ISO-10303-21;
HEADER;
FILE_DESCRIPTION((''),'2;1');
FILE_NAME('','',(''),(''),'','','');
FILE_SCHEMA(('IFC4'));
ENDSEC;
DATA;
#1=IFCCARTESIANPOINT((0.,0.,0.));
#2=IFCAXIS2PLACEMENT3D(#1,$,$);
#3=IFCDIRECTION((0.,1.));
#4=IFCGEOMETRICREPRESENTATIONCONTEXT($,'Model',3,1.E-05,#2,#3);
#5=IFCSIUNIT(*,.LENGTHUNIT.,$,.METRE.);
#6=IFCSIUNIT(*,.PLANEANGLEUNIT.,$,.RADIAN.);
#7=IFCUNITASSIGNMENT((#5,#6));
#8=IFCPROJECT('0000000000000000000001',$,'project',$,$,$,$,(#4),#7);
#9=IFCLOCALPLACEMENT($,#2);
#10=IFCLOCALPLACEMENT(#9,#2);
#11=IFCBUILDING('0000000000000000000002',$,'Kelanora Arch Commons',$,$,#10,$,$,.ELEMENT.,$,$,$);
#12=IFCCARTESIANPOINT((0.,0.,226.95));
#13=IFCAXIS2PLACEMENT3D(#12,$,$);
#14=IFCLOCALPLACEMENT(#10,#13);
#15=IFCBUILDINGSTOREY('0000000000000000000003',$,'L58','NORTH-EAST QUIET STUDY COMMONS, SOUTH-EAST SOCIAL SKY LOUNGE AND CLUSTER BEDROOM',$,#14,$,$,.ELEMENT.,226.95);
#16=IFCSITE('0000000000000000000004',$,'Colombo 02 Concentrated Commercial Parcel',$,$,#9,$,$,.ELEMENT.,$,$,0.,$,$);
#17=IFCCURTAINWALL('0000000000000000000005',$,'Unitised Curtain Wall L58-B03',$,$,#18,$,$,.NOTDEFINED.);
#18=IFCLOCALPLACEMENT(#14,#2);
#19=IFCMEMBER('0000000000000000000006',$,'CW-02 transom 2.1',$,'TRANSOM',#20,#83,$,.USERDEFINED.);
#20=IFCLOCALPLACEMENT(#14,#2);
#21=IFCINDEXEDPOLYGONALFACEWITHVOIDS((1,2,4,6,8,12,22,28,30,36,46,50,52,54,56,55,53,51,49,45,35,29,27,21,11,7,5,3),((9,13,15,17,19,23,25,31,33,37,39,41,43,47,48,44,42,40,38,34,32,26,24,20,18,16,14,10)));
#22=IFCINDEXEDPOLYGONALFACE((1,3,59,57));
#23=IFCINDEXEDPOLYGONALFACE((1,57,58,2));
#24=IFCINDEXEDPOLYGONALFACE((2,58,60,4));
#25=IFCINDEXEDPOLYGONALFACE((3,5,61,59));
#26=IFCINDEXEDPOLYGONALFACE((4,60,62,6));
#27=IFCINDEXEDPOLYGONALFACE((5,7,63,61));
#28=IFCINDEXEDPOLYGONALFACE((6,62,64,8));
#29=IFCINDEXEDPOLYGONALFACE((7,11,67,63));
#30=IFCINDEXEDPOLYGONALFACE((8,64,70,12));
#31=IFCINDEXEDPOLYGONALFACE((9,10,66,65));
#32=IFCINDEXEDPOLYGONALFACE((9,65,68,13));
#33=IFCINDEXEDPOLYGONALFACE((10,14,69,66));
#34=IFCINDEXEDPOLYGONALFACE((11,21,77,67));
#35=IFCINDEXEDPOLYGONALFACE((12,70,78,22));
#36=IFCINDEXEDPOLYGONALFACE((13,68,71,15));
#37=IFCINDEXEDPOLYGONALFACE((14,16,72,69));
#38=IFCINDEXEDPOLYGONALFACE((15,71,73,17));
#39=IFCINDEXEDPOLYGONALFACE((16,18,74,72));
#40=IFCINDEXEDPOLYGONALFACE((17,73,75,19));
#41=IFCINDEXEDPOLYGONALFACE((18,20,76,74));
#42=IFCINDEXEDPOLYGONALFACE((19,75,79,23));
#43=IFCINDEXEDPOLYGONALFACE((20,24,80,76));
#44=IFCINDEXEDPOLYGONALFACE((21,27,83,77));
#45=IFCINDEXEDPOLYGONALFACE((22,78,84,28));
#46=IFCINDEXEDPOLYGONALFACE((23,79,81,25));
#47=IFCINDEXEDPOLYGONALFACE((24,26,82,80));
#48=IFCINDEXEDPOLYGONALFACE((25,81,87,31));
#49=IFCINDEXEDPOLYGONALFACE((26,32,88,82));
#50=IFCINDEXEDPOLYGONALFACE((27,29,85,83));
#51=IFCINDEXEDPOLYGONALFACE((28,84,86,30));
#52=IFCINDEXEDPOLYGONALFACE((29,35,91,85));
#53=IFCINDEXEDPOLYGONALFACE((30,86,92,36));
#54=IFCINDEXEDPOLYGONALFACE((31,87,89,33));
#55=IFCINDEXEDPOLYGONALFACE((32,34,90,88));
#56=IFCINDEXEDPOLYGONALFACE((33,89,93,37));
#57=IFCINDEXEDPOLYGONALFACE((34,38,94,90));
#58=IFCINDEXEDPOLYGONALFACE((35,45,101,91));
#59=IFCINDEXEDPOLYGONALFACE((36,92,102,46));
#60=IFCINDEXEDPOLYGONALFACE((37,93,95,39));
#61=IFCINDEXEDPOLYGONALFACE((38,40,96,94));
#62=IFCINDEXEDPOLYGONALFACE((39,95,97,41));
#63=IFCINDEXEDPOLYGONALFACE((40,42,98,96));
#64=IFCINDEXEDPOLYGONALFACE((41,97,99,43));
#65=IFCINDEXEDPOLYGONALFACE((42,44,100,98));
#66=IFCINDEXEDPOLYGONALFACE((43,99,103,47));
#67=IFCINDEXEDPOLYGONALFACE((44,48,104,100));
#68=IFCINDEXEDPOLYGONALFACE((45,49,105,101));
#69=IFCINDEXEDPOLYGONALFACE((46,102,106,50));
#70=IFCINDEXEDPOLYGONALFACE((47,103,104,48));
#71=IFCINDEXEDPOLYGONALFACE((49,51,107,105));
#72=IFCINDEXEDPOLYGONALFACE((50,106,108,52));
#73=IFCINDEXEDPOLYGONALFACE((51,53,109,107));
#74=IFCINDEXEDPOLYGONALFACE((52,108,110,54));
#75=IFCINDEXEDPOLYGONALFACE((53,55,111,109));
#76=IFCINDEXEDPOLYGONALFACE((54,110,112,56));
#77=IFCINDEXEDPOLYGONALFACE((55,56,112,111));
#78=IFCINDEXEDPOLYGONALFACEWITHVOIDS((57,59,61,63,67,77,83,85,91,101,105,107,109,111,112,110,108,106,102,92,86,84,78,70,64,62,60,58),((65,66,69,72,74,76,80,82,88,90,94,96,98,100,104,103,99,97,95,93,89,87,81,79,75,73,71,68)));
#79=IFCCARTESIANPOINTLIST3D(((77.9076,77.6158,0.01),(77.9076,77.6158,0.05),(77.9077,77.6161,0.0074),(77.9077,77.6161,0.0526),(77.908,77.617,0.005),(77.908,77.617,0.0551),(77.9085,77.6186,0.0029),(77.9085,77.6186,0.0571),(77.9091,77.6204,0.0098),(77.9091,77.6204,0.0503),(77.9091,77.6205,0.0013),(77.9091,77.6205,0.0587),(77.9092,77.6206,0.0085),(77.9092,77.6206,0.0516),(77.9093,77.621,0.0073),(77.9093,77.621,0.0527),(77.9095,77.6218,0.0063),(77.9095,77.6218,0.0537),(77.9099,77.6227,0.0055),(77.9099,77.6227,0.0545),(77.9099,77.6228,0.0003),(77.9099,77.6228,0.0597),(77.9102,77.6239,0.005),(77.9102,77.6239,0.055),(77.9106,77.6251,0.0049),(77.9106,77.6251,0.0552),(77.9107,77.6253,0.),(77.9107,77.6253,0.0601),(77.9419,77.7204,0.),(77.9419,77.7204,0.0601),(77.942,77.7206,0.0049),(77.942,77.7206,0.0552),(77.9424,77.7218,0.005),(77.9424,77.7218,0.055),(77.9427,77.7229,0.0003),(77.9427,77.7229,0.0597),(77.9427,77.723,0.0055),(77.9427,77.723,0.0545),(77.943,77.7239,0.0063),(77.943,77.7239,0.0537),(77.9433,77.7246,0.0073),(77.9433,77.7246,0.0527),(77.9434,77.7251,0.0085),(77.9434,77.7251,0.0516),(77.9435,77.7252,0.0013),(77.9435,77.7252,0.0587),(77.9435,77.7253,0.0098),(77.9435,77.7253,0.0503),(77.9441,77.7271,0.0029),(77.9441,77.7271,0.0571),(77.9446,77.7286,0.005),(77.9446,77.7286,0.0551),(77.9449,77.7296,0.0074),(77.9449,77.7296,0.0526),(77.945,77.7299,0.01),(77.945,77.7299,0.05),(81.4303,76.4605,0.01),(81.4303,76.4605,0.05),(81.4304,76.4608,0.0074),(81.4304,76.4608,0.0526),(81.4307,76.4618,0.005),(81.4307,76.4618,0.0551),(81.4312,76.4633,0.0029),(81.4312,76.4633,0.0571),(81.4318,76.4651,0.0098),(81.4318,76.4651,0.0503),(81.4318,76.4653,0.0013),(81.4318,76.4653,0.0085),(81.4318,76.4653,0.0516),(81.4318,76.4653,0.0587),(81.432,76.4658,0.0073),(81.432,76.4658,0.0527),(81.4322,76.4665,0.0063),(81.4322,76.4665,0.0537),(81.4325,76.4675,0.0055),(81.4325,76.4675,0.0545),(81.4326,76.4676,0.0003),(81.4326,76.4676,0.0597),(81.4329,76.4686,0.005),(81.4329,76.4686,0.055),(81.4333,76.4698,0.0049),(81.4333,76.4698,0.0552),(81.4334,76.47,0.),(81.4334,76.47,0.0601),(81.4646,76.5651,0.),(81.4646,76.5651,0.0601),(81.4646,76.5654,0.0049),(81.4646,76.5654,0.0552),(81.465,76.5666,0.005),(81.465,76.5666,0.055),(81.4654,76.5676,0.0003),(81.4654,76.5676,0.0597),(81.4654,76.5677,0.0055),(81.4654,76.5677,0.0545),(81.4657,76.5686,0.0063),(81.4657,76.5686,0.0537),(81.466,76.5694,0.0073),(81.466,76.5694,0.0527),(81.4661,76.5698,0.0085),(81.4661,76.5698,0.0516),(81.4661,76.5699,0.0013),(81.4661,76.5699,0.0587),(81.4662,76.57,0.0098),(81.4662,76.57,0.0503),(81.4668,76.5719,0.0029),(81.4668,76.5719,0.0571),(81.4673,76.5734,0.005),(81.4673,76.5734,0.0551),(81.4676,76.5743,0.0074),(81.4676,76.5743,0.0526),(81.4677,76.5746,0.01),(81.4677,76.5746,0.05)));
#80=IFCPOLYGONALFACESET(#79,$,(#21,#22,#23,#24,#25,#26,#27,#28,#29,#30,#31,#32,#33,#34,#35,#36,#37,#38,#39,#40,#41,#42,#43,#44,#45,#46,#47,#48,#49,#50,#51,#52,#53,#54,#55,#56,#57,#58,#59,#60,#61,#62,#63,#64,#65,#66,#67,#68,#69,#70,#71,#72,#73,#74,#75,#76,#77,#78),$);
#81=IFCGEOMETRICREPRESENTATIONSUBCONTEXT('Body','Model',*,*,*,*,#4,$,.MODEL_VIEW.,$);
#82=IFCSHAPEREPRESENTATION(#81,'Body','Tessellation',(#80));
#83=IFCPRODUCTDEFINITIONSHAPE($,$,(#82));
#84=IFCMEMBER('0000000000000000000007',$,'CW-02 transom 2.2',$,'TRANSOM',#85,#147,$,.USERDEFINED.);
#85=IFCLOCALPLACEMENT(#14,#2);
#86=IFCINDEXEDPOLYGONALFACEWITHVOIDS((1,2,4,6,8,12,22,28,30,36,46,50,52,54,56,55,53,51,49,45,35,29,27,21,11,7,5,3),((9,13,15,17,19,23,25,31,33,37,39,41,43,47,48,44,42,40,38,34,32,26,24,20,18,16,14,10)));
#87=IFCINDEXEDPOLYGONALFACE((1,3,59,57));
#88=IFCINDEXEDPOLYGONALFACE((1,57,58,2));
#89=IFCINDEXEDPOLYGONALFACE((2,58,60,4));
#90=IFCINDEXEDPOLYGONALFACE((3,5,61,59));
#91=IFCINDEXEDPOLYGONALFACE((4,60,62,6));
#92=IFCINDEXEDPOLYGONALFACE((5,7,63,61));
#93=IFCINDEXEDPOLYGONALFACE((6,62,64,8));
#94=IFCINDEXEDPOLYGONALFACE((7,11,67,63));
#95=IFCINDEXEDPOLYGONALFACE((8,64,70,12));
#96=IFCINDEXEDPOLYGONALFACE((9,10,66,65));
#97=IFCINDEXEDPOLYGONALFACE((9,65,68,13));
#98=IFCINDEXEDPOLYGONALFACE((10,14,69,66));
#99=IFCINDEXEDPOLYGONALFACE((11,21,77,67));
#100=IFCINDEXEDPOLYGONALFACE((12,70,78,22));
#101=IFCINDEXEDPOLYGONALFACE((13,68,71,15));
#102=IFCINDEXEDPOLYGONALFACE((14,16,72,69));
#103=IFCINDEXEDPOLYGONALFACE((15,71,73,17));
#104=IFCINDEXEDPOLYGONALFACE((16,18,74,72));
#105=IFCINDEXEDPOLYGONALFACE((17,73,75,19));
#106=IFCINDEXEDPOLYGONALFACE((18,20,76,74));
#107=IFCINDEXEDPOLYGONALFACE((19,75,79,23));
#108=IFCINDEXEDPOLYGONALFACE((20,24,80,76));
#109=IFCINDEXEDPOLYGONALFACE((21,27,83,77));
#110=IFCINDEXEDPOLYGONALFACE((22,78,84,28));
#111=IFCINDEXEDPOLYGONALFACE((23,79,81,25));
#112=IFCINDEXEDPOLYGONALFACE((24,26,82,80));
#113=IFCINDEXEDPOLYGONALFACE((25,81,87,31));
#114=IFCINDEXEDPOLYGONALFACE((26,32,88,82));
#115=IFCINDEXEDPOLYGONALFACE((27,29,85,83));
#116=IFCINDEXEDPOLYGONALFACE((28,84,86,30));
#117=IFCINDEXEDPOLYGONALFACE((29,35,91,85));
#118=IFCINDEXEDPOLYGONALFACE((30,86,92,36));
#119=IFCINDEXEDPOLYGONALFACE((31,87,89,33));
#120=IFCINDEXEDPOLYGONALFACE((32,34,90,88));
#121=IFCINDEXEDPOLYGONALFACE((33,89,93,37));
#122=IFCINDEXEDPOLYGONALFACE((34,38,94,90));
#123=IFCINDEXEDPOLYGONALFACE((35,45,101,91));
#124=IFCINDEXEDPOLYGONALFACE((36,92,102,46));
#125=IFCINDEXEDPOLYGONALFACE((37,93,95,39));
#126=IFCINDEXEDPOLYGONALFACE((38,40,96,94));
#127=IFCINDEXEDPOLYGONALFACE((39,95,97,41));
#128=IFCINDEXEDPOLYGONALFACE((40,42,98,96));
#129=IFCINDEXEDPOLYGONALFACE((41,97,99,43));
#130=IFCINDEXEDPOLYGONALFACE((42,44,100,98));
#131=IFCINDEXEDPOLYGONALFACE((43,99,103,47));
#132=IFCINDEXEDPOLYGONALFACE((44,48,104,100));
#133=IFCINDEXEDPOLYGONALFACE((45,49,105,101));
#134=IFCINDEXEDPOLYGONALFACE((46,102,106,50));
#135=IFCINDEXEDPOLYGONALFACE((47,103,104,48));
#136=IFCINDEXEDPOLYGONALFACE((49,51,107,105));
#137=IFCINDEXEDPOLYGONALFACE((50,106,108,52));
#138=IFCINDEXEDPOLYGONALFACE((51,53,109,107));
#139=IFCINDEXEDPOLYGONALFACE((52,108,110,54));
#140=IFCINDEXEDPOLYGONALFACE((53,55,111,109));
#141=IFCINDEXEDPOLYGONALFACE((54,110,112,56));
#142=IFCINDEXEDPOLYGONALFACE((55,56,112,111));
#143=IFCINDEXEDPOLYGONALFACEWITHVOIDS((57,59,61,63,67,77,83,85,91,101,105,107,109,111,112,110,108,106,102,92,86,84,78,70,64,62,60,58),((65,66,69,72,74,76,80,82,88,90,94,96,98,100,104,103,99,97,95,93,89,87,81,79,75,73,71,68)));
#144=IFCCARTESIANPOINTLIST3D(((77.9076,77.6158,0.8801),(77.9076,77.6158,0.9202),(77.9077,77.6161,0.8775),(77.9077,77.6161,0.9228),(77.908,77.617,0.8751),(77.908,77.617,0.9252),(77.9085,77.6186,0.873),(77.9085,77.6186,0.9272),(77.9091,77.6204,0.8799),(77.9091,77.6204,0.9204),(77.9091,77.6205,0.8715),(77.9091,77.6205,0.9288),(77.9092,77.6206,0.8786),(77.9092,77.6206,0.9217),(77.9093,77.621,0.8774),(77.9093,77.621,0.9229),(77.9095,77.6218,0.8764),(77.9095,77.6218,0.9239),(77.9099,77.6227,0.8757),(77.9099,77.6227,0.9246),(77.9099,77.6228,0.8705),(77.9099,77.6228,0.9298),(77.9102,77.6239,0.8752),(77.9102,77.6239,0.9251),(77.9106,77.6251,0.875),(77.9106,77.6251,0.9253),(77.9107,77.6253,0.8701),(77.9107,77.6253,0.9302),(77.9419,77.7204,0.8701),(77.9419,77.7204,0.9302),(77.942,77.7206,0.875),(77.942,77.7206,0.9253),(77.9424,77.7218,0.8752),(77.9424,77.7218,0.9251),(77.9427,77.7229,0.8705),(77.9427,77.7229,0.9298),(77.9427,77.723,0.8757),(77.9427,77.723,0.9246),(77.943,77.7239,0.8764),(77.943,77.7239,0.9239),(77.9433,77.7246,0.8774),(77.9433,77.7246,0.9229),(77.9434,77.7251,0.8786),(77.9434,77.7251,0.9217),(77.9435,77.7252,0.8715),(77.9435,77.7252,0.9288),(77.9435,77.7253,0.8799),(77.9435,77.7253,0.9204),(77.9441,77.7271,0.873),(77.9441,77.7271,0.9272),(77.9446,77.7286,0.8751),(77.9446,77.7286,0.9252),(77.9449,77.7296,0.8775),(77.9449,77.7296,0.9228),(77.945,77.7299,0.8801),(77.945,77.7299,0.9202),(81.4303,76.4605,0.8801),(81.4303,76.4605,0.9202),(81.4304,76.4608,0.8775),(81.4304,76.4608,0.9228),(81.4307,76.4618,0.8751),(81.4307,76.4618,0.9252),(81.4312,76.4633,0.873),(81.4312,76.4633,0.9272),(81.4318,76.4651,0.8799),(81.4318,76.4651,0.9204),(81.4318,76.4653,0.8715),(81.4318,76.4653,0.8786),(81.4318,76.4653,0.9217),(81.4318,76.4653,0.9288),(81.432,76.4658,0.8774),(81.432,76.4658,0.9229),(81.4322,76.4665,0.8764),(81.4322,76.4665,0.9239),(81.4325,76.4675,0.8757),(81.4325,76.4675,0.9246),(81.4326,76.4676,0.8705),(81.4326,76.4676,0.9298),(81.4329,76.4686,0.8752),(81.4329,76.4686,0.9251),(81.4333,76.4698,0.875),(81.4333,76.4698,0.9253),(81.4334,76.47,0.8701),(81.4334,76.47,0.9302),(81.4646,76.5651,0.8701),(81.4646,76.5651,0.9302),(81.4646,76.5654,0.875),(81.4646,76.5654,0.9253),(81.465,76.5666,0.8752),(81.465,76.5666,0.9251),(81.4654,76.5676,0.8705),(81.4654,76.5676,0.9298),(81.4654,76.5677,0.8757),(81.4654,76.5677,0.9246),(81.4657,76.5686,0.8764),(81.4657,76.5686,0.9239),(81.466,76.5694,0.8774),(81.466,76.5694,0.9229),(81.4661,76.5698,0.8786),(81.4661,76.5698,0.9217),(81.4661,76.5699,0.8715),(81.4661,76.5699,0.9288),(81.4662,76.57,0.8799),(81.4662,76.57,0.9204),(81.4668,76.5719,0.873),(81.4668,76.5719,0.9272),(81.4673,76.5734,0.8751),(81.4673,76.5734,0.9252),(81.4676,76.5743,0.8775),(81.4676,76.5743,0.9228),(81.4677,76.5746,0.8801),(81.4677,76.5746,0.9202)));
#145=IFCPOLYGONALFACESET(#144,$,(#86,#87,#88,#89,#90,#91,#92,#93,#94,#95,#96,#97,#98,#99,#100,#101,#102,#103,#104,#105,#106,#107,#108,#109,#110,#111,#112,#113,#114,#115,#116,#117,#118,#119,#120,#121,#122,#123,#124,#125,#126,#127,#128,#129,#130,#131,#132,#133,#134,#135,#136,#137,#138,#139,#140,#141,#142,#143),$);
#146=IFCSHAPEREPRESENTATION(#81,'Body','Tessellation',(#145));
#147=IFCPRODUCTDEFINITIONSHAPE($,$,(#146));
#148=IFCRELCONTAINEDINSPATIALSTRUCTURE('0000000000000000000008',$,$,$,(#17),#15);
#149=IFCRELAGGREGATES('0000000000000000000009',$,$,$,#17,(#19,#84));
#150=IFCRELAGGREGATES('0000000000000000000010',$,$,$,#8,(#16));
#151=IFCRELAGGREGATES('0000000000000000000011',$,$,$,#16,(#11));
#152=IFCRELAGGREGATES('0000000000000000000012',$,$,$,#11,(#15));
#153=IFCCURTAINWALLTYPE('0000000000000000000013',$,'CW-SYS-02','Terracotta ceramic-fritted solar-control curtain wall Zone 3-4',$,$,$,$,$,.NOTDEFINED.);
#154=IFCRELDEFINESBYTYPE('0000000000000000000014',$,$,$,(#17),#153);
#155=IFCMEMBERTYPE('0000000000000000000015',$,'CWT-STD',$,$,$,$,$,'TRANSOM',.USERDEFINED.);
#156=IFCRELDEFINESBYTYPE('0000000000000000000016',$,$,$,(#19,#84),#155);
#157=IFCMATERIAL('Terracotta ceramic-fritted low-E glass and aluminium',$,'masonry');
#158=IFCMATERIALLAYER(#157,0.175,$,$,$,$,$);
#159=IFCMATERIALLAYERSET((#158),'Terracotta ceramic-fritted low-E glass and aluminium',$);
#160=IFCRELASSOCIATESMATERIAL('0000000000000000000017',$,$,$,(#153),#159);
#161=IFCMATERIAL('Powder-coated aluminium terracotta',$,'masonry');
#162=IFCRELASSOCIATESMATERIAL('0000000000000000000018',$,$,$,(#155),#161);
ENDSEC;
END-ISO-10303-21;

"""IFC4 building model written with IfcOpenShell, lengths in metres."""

from ifc_helpers import new_model, si_unit, direction, frame, origin, origin_2d, place, context, subcontext, project, spatial, hollow_rectangle, extrude, material, layer, layer_set, material_profile, profile_set, type_object, element, aggregate, save


model = new_model("IFC4")

# Units and contexts
model_context = context("Model", 3, precision=1e-05, world=origin(), true_north=direction((0.0, 1.0)))
body_context = subcontext(model_context, "Body", "Model", "MODEL_VIEW")
ifc_project = project(units=[si_unit("LENGTHUNIT", "METRE"), si_unit("PLANEANGLEUNIT", "RADIAN")], contexts=[model_context])

# Site, building, storey
site_placement = place(None, origin())
site = spatial("IfcSite", under=ifc_project, at=site_placement, Name="Colombo 02 Concentrated Commercial Parcel", CompositionType="ELEMENT", RefElevation=0.0)
building_placement = place(site_placement, origin())
building = spatial("IfcBuilding", under=site, at=building_placement, Name="Kelanora Arch Commons", CompositionType="ELEMENT")
storey_placement = place(building_placement, frame((0.0, 0.0, 226.95)))
storey = spatial("IfcBuildingStorey", under=building, at=storey_placement, Name="L58", Description="NORTH-EAST QUIET STUDY COMMONS, SOUTH-EAST SOCIAL SKY LOUNGE AND CLUSTER BEDROOM", CompositionType="ELEMENT", Elevation=226.95)

# Curtain wall, members
ifc_material_1 = material(Name="Terracotta ceramic-fritted low-E glass and aluminium", Category="masonry")
ifc_layer_1 = layer(ifc_material_1, 0.175)
ifc_layer_set_1 = layer_set([ifc_layer_1], Name="Terracotta ceramic-fritted low-E glass and aluminium")
curtain_wall_type = type_object("IfcCurtainWallType", Name="CW-SYS-02", Description="Terracotta ceramic-fritted solar-control curtain wall Zone 3-4", PredefinedType="NOTDEFINED", material=ifc_layer_set_1)
curtain_wall_placement = place(storey_placement, origin())
curtain_wall = element("IfcCurtainWall", 1, at=curtain_wall_placement, inside=storey, type_object=curtain_wall_type, Name="Unitised Curtain Wall L58-B03", PredefinedType="NOTDEFINED")
ifc_material_2 = material(Name="Powder-coated aluminium terracotta", Category="masonry")
ifc_material_profile_1 = material_profile(ifc_material_2, hollow_rectangle(XDim=0.1201, YDim=0.0601, WallThickness=0.0049, InnerFilletRadius=0.0049, OuterFilletRadius=0.01, at=origin_2d()), Name="CWT120x60")
ifc_profile_set_1 = profile_set([ifc_material_profile_1], Name="Powder-coated aluminium terracotta")
member_type_1 = type_object("IfcMemberType", Name="CWT-STD", ElementType="TRANSOM", PredefinedType="USERDEFINED", material=ifc_profile_set_1)
member_1_placement = place(storey_placement, frame((81.449, 76.5176, 0.03), z_axis=(-0.950207, 0.311621, 0.0), x_axis=(-0.311621, -0.950207, 0.0)))
member_1 = element("IfcMember", 2, at=member_1_placement, type_object=member_type_1, Name="CW-02 transom 2.1", ObjectType="TRANSOM", PredefinedType="USERDEFINED", context=body_context, shape_type="SweptSolid", body=[
    extrude(hollow_rectangle(XDim=0.1201, YDim=0.0601, WallThickness=0.0049, InnerFilletRadius=0.0049, OuterFilletRadius=0.01, at=origin_2d()), origin(), (0.0, 0.0, 1.0), 3.7073),
])
member_2_placement = place(storey_placement, frame((81.449, 76.5176, 0.9001), z_axis=(-0.950207, 0.311621, 0.0), x_axis=(-0.311621, -0.950207, 0.0)))
member_2 = element("IfcMember", 3, at=member_2_placement, type_object=member_type_1, Name="CW-02 transom 2.2", ObjectType="TRANSOM", PredefinedType="USERDEFINED", context=body_context, shape_type="SweptSolid", body=[
    extrude(hollow_rectangle(XDim=0.1201, YDim=0.0601, WallThickness=0.0049, InnerFilletRadius=0.0049, OuterFilletRadius=0.01, at=origin_2d()), origin(), (0.0, 0.0, 1.0), 3.7073),
])
aggregate(curtain_wall, [member_1, member_2])

save(model, "model.ifc")
